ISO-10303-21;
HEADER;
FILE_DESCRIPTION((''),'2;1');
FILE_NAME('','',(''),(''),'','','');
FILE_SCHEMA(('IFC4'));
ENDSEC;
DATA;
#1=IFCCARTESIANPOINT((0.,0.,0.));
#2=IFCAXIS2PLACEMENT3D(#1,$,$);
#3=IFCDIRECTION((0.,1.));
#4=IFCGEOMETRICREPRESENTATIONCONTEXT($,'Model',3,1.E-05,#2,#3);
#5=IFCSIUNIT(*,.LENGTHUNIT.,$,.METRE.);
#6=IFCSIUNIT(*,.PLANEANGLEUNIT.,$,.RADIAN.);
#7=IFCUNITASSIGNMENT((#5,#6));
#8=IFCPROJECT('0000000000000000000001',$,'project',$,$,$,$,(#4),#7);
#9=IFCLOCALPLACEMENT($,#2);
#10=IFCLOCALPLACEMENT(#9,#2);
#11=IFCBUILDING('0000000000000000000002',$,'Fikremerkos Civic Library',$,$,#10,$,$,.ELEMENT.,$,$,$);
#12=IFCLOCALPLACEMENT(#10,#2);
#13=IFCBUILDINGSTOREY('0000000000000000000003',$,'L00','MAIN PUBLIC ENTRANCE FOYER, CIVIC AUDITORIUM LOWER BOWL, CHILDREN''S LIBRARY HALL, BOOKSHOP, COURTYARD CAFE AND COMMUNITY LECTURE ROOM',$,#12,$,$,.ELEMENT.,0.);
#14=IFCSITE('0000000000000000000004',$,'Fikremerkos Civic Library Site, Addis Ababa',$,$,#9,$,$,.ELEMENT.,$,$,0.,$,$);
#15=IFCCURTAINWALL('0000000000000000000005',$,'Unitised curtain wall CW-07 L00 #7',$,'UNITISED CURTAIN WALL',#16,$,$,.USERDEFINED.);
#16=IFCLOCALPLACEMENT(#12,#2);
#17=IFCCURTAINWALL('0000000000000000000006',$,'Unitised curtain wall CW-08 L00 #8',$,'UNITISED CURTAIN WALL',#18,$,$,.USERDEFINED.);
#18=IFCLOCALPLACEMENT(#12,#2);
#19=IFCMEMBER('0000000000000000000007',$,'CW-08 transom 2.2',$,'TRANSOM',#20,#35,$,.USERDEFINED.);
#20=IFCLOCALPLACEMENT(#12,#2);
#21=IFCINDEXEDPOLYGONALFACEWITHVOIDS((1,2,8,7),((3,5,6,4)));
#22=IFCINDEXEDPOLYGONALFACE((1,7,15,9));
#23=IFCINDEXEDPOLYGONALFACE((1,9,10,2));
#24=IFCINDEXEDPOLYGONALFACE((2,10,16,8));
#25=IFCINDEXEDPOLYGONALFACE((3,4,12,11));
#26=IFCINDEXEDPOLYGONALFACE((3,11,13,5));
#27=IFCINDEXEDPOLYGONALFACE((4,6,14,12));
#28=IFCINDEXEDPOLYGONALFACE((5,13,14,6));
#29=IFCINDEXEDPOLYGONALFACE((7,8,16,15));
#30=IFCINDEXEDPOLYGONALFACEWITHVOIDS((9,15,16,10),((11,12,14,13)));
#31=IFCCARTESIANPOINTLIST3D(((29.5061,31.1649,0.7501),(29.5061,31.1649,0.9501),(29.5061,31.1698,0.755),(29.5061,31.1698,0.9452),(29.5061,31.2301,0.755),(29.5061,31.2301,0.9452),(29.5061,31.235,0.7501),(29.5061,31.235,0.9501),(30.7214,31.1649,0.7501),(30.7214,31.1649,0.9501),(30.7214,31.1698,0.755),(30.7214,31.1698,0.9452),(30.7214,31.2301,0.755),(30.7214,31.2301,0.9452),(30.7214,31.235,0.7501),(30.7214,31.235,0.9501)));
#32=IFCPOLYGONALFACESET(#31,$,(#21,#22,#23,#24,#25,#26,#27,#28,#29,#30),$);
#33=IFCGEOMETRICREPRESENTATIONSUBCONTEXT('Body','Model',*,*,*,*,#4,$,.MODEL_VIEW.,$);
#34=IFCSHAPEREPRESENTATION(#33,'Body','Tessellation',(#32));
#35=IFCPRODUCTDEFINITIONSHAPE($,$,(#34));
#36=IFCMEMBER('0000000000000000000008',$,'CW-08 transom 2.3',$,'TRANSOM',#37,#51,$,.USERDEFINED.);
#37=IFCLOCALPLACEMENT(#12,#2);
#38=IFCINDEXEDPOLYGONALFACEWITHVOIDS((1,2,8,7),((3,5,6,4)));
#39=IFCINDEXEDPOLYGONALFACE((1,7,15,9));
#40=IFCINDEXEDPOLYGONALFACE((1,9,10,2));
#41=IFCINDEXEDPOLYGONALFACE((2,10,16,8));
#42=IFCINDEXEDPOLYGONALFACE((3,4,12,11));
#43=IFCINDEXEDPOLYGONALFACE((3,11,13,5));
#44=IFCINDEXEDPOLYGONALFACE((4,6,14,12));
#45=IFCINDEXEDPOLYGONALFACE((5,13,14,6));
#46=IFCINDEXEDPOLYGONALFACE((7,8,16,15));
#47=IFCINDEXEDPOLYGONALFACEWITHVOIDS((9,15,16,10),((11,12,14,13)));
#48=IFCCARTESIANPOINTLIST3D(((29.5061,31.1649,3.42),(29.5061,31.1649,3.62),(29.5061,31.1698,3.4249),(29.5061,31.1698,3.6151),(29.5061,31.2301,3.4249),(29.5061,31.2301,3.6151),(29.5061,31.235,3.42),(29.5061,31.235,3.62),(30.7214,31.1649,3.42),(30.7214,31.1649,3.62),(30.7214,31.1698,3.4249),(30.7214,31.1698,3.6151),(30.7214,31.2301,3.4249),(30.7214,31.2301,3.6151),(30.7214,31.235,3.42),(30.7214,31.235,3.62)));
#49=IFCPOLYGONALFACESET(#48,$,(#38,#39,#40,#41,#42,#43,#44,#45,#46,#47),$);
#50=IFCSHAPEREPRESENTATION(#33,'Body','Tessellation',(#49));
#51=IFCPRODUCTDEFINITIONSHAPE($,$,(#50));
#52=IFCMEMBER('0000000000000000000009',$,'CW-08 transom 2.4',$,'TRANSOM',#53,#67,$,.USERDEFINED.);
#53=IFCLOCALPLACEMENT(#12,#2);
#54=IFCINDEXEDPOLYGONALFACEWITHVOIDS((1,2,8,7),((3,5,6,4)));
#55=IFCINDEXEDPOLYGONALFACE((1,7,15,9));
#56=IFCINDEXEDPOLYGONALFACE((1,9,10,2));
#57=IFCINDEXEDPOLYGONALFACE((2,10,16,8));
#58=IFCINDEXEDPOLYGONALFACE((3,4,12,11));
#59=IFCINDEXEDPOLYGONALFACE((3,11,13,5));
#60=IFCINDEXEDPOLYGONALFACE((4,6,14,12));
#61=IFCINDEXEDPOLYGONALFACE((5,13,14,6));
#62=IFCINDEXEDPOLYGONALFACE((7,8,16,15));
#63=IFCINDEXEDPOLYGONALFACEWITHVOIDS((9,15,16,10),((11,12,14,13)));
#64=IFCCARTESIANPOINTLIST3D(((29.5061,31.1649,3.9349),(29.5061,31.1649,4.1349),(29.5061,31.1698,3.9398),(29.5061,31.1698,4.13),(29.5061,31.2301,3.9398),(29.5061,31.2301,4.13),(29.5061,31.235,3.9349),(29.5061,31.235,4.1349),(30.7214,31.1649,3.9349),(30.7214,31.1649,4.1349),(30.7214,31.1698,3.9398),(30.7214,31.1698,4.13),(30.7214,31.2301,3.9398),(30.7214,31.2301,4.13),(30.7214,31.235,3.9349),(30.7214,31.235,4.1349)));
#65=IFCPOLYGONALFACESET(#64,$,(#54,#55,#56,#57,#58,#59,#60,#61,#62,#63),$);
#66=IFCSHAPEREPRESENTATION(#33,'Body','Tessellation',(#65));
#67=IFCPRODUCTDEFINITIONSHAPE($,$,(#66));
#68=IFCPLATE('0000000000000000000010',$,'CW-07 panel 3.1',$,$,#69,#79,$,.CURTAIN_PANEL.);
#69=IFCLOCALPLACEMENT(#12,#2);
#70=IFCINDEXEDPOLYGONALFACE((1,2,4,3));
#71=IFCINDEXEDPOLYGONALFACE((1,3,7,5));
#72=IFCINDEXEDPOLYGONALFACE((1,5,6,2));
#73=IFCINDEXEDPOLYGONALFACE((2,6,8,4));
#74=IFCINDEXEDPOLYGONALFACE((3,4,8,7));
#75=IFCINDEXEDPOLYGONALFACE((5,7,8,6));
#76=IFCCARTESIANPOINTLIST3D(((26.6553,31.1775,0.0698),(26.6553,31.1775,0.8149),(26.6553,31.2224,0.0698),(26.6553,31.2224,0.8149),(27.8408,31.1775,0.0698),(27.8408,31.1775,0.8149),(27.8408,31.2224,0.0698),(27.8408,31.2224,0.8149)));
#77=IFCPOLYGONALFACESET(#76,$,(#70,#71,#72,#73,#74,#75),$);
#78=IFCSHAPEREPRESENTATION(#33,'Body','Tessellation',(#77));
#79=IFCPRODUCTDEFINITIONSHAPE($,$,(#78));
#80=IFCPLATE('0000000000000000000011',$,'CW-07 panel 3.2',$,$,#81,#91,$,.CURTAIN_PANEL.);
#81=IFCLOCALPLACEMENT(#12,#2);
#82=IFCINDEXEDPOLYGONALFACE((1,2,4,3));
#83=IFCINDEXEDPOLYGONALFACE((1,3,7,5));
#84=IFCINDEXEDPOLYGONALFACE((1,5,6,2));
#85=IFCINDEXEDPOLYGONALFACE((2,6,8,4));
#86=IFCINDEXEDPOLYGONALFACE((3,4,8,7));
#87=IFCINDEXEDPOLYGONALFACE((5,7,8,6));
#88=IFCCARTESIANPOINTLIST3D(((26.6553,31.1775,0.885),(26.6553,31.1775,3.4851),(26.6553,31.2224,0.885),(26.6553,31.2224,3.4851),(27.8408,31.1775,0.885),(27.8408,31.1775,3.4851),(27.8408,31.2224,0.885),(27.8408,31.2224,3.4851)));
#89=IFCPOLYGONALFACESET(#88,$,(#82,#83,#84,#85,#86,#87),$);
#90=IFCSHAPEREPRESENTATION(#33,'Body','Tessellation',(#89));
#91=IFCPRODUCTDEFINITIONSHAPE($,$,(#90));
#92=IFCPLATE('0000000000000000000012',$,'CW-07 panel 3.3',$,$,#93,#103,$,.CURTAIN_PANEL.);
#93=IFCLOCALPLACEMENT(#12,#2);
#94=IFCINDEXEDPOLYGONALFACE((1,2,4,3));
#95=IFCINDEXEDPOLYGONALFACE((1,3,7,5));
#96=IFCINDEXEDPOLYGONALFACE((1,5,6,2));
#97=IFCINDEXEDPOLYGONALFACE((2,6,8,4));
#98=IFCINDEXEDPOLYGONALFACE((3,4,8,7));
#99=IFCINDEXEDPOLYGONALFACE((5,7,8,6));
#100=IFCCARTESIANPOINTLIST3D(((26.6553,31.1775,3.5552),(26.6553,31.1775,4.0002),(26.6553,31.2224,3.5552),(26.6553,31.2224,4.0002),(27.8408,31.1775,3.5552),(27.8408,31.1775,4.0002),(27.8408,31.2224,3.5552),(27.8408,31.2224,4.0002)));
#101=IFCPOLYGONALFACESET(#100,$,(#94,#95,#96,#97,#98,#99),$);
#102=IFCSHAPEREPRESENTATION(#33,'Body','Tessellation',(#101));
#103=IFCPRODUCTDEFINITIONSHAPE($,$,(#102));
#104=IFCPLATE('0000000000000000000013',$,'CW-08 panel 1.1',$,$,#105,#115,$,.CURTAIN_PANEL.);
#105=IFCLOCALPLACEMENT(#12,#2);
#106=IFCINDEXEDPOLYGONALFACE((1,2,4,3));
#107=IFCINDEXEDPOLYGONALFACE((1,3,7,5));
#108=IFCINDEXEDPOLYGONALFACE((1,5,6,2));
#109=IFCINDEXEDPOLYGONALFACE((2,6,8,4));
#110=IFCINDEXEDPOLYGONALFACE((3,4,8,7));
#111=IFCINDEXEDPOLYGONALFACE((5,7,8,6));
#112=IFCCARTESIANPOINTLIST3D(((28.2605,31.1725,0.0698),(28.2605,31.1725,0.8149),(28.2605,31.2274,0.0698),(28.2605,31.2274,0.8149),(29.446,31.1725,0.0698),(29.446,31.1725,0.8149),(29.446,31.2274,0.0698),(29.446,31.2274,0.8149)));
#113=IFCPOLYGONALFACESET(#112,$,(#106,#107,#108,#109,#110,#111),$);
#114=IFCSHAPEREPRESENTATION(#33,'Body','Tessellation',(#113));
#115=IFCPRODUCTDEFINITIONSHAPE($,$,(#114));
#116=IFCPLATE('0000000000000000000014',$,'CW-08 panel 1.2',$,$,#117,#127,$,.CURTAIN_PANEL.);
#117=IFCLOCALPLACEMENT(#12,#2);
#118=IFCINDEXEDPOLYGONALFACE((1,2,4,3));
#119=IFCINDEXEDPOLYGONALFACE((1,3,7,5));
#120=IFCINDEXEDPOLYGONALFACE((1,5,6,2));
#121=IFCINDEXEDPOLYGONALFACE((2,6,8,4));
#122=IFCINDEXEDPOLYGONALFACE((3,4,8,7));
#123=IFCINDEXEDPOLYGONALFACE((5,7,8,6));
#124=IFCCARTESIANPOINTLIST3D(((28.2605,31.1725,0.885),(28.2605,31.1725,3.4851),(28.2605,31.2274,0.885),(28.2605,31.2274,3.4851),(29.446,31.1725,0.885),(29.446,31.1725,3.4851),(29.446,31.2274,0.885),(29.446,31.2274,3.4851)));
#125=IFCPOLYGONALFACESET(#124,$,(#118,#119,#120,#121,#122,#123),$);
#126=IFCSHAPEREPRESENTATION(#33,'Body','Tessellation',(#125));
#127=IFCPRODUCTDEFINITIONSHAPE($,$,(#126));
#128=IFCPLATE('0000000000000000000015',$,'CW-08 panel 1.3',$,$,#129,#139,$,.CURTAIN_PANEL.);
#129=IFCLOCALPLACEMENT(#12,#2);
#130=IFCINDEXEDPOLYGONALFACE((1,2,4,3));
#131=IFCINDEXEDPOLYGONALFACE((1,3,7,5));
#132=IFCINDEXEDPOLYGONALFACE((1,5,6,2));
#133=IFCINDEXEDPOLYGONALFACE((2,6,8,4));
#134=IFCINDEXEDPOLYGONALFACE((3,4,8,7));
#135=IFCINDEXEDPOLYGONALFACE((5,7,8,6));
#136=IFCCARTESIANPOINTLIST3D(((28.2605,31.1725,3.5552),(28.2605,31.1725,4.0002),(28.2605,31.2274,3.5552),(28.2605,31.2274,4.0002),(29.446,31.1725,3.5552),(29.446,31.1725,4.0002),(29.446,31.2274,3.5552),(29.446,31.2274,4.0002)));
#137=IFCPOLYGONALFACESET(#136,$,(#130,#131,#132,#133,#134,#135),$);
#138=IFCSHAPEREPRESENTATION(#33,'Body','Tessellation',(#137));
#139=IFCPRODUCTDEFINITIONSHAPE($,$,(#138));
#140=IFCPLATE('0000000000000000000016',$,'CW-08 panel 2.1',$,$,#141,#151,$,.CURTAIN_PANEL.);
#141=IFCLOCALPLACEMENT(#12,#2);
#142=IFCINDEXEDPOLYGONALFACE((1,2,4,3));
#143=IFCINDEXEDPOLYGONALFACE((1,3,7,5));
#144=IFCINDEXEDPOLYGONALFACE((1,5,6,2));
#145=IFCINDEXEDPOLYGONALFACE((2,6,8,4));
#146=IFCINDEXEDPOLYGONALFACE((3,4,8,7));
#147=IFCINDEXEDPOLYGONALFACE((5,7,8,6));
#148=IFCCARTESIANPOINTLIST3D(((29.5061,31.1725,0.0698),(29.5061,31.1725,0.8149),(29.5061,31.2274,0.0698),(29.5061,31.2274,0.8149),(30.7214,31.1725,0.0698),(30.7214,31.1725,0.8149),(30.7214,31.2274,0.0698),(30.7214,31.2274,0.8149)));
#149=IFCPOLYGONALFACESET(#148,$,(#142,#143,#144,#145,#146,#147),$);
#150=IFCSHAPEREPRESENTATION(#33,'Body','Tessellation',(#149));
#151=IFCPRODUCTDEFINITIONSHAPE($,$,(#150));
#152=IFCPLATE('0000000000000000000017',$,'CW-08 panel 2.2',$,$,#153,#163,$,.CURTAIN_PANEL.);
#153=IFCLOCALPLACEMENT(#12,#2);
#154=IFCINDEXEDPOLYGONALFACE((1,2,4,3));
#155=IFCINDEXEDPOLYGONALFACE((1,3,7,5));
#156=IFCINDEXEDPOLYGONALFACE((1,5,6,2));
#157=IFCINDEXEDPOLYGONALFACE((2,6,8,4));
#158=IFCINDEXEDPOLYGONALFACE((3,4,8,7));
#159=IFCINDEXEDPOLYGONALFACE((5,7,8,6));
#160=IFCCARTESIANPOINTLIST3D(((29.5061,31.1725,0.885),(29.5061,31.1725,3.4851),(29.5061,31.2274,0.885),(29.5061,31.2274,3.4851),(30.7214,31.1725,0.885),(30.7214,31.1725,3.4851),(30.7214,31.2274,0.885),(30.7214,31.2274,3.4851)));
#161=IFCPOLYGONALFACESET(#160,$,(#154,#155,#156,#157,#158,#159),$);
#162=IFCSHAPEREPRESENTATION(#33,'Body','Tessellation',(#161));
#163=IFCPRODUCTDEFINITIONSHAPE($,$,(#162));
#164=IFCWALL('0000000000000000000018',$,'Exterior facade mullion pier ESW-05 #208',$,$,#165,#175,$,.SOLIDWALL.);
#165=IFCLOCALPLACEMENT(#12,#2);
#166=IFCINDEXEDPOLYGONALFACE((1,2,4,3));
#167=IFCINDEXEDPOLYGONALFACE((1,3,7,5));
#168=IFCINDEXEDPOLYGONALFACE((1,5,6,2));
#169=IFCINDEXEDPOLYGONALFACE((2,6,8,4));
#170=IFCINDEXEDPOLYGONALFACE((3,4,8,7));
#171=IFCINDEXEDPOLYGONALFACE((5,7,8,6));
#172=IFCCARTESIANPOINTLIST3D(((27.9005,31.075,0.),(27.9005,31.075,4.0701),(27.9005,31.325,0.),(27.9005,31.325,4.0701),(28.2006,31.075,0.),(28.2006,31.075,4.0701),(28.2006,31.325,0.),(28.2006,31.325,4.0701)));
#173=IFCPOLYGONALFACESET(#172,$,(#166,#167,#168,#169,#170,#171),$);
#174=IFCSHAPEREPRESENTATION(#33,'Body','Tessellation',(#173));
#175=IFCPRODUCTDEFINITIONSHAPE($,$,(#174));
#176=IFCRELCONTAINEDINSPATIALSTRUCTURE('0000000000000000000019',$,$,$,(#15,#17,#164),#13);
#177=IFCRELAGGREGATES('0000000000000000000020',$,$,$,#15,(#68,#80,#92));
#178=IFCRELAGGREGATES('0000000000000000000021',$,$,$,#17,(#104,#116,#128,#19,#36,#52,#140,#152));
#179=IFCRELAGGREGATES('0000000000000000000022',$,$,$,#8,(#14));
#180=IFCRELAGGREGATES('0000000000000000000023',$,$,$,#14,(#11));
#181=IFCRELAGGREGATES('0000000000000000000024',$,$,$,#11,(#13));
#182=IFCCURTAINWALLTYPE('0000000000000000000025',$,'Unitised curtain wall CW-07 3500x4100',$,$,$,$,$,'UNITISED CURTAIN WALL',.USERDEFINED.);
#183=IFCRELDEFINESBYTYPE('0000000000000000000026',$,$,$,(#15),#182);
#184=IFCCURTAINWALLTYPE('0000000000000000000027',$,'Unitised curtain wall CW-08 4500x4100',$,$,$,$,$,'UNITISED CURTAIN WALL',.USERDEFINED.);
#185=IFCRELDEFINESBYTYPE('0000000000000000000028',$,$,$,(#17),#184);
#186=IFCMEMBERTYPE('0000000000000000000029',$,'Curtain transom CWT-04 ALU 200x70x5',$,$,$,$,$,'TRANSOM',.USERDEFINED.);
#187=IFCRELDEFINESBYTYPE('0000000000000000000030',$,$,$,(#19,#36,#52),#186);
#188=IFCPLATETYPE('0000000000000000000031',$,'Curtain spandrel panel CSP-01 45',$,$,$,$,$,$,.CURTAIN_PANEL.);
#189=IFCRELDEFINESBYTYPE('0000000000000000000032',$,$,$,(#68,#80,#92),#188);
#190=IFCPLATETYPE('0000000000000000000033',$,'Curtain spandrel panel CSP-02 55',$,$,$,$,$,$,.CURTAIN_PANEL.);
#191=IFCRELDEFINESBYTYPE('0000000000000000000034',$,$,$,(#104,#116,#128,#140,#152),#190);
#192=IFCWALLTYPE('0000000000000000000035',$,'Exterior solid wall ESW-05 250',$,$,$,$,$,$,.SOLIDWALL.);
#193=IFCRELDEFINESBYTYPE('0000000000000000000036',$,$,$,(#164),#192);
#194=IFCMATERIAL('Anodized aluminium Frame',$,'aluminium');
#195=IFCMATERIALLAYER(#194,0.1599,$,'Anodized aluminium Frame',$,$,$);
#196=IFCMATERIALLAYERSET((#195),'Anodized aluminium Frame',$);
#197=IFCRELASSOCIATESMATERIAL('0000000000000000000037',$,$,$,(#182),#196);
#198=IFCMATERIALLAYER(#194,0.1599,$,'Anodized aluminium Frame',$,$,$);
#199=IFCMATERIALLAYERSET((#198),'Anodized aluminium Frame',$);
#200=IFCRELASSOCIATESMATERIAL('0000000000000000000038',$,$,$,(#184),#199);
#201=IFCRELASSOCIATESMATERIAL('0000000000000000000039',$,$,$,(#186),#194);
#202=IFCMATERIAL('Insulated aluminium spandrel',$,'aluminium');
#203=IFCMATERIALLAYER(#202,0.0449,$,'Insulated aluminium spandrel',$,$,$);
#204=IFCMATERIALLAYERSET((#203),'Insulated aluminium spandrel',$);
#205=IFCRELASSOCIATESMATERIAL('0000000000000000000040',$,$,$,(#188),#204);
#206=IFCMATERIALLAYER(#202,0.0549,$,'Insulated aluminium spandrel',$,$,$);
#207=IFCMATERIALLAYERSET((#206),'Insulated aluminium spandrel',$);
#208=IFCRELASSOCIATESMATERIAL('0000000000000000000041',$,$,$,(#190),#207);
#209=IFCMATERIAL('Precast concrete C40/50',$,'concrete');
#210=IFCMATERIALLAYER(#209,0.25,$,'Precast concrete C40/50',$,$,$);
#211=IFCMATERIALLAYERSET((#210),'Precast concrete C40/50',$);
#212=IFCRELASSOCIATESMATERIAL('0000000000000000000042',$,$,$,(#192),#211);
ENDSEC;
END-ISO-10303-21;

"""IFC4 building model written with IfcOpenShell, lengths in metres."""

from ifc_helpers import new_model, si_unit, direction, frame, frame_2d, origin, origin_2d, place, context, subcontext, project, spatial, rectangle, hollow_rectangle, extrude, material, layer, layer_set, material_profile, profile_set, type_object, element, aggregate, save


model = new_model("IFC4")

# Units and contexts
model_context = context("Model", 3, precision=1e-05, world=origin(), true_north=direction((0.0, 1.0)))
body_context = subcontext(model_context, "Body", "Model", "MODEL_VIEW")
ifc_project = project(units=[si_unit("LENGTHUNIT", "METRE"), si_unit("PLANEANGLEUNIT", "RADIAN")], contexts=[model_context])

# Site, building, storey
site_placement = place(None, origin())
site = spatial("IfcSite", under=ifc_project, at=site_placement, Name="Fikremerkos Civic Library Site, Addis Ababa", CompositionType="ELEMENT", RefElevation=0.0)
building_placement = place(site_placement, origin())
building = spatial("IfcBuilding", under=site, at=building_placement, Name="Fikremerkos Civic Library", CompositionType="ELEMENT")
storey_placement = place(building_placement, origin())
storey = spatial("IfcBuildingStorey", under=building, at=storey_placement, Name="L00", Description="MAIN PUBLIC ENTRANCE FOYER, CIVIC AUDITORIUM LOWER BOWL, CHILDREN'S LIBRARY HALL, BOOKSHOP, COURTYARD CAFE AND COMMUNITY LECTURE ROOM", CompositionType="ELEMENT", Elevation=0.0)

# Curtain wall
ifc_material_1 = material(Name="Anodized aluminium Frame", Category="aluminium")
ifc_layer_1 = layer(ifc_material_1, 0.1599, Name="Anodized aluminium Frame")
ifc_layer_set_1 = layer_set([ifc_layer_1], Name="Anodized aluminium Frame")
curtain_wall_type_1 = type_object("IfcCurtainWallType", Name="Unitised curtain wall CW-07 3500x4100", ElementType="UNITISED CURTAIN WALL", PredefinedType="USERDEFINED", material=ifc_layer_set_1)
curtain_wall_1_placement = place(storey_placement, origin())
curtain_wall_1 = element("IfcCurtainWall", 1, at=curtain_wall_1_placement, inside=storey, type_object=curtain_wall_type_1, Name="Unitised curtain wall CW-07 L00 #7", ObjectType="UNITISED CURTAIN WALL", PredefinedType="USERDEFINED")

# Curtain wall
ifc_layer_2 = layer(ifc_material_1, 0.1599, Name="Anodized aluminium Frame")
ifc_layer_set_2 = layer_set([ifc_layer_2], Name="Anodized aluminium Frame")
curtain_wall_type_2 = type_object("IfcCurtainWallType", Name="Unitised curtain wall CW-08 4500x4100", ElementType="UNITISED CURTAIN WALL", PredefinedType="USERDEFINED", material=ifc_layer_set_2)
curtain_wall_2_placement = place(storey_placement, origin())
curtain_wall_2 = element("IfcCurtainWall", 2, at=curtain_wall_2_placement, inside=storey, type_object=curtain_wall_type_2, Name="Unitised curtain wall CW-08 L00 #8", ObjectType="UNITISED CURTAIN WALL", PredefinedType="USERDEFINED")

# Members
ifc_material_profile_1 = material_profile(ifc_material_1, hollow_rectangle(XDim=0.0701, YDim=0.2, WallThickness=0.0049, at=origin_2d()), Name="ALU 200x70x5")
ifc_profile_set_1 = profile_set([ifc_material_profile_1], Name="Anodized aluminium Frame")
member_type_1 = type_object("IfcMemberType", Name="Curtain transom CWT-04 ALU 200x70x5", ElementType="TRANSOM", PredefinedType="USERDEFINED", material=ifc_profile_set_1)
member_1_placement = place(storey_placement, frame((29.5061, 31.2, 0.8501), z_axis=(1.0, 0.0, 0.0), x_axis=(0.0, 1.0, 0.0)))
member_1 = element("IfcMember", 3, at=member_1_placement, type_object=member_type_1, Name="CW-08 transom 2.2", ObjectType="TRANSOM", PredefinedType="USERDEFINED", context=body_context, shape_type="SweptSolid", body=[
    extrude(hollow_rectangle(XDim=0.0701, YDim=0.2, WallThickness=0.0049, at=origin_2d()), origin(), (0.0, 0.0, 1.0), 1.2153),
])
member_2_placement = place(storey_placement, frame((29.5061, 31.2, 3.52), z_axis=(1.0, 0.0, 0.0), x_axis=(0.0, 1.0, 0.0)))
member_2 = element("IfcMember", 4, at=member_2_placement, type_object=member_type_1, Name="CW-08 transom 2.3", ObjectType="TRANSOM", PredefinedType="USERDEFINED", context=body_context, shape_type="SweptSolid", body=[
    extrude(hollow_rectangle(XDim=0.0701, YDim=0.2, WallThickness=0.0049, at=origin_2d()), origin(), (0.0, 0.0, 1.0), 1.2153),
])
member_3_placement = place(storey_placement, frame((29.5061, 31.2, 4.0349), z_axis=(1.0, 0.0, 0.0), x_axis=(0.0, 1.0, 0.0)))
member_3 = element("IfcMember", 5, at=member_3_placement, type_object=member_type_1, Name="CW-08 transom 2.4", ObjectType="TRANSOM", PredefinedType="USERDEFINED", context=body_context, shape_type="SweptSolid", body=[
    extrude(hollow_rectangle(XDim=0.0701, YDim=0.2, WallThickness=0.0049, at=origin_2d()), origin(), (0.0, 0.0, 1.0), 1.2153),
])

# Plates
ifc_material_2 = material(Name="Insulated aluminium spandrel", Category="aluminium")
ifc_layer_3 = layer(ifc_material_2, 0.0449, Name="Insulated aluminium spandrel")
ifc_layer_set_3 = layer_set([ifc_layer_3], Name="Insulated aluminium spandrel")
plate_type_1 = type_object("IfcPlateType", Name="Curtain spandrel panel CSP-01 45", PredefinedType="CURTAIN_PANEL", material=ifc_layer_set_3)
plate_1_placement = place(storey_placement, frame((27.248, 31.2, 0.0698), z_axis=(0.0, 0.0, 1.0), x_axis=(1.0, 0.0, 0.0)))
plate_1 = element("IfcPlate", 6, at=plate_1_placement, type_object=plate_type_1, Name="CW-07 panel 3.1", PredefinedType="CURTAIN_PANEL", context=body_context, shape_type="SweptSolid", body=[
    extrude(rectangle(XDim=1.1855, YDim=0.0449, at=origin_2d()), origin(), (0.0, 0.0, 1.0), 0.7451),
])
plate_2_placement = place(storey_placement, frame((27.248, 31.2, 0.885), z_axis=(0.0, 0.0, 1.0), x_axis=(1.0, 0.0, 0.0)))
plate_2 = element("IfcPlate", 7, at=plate_2_placement, type_object=plate_type_1, Name="CW-07 panel 3.2", PredefinedType="CURTAIN_PANEL", context=body_context, shape_type="SweptSolid", body=[
    extrude(rectangle(XDim=1.1855, YDim=0.0449, at=origin_2d()), origin(), (0.0, 0.0, 1.0), 2.6001),
])
plate_3_placement = place(storey_placement, frame((27.248, 31.2, 3.5552), z_axis=(0.0, 0.0, 1.0), x_axis=(1.0, 0.0, 0.0)))
plate_3 = element("IfcPlate", 8, at=plate_3_placement, type_object=plate_type_1, Name="CW-07 panel 3.3", PredefinedType="CURTAIN_PANEL", context=body_context, shape_type="SweptSolid", body=[
    extrude(rectangle(XDim=1.1855, YDim=0.0449, at=origin_2d()), origin(), (0.0, 0.0, 1.0), 0.4451),
])
aggregate(curtain_wall_1, [plate_1, plate_2, plate_3])
ifc_layer_4 = layer(ifc_material_2, 0.0549, Name="Insulated aluminium spandrel")
ifc_layer_set_4 = layer_set([ifc_layer_4], Name="Insulated aluminium spandrel")
plate_type_2 = type_object("IfcPlateType", Name="Curtain spandrel panel CSP-02 55", PredefinedType="CURTAIN_PANEL", material=ifc_layer_set_4)
plate_4_placement = place(storey_placement, frame((28.8533, 31.2, 0.0698), z_axis=(0.0, 0.0, 1.0), x_axis=(1.0, 0.0, 0.0)))
plate_4 = element("IfcPlate", 9, at=plate_4_placement, type_object=plate_type_2, Name="CW-08 panel 1.1", PredefinedType="CURTAIN_PANEL", context=body_context, shape_type="SweptSolid", body=[
    extrude(rectangle(XDim=1.1855, YDim=0.0549, at=origin_2d()), origin(), (0.0, 0.0, 1.0), 0.7451),
])
plate_5_placement = place(storey_placement, frame((28.8533, 31.2, 0.885), z_axis=(0.0, 0.0, 1.0), x_axis=(1.0, 0.0, 0.0)))
plate_5 = element("IfcPlate", 10, at=plate_5_placement, type_object=plate_type_2, Name="CW-08 panel 1.2", PredefinedType="CURTAIN_PANEL", context=body_context, shape_type="SweptSolid", body=[
    extrude(rectangle(XDim=1.1855, YDim=0.0549, at=origin_2d()), origin(), (0.0, 0.0, 1.0), 2.6001),
])
plate_6_placement = place(storey_placement, frame((28.8533, 31.2, 3.5552), z_axis=(0.0, 0.0, 1.0), x_axis=(1.0, 0.0, 0.0)))
plate_6 = element("IfcPlate", 11, at=plate_6_placement, type_object=plate_type_2, Name="CW-08 panel 1.3", PredefinedType="CURTAIN_PANEL", context=body_context, shape_type="SweptSolid", body=[
    extrude(rectangle(XDim=1.1855, YDim=0.0549, at=origin_2d()), origin(), (0.0, 0.0, 1.0), 0.4451),
])
plate_7_placement = place(storey_placement, frame((30.1138, 31.2, 0.0698), z_axis=(0.0, 0.0, 1.0), x_axis=(1.0, 0.0, 0.0)))
plate_7 = element("IfcPlate", 12, at=plate_7_placement, type_object=plate_type_2, Name="CW-08 panel 2.1", PredefinedType="CURTAIN_PANEL", context=body_context, shape_type="SweptSolid", body=[
    extrude(rectangle(XDim=1.2153, YDim=0.0549, at=origin_2d()), origin(), (0.0, 0.0, 1.0), 0.7451),
])
plate_8_placement = place(storey_placement, frame((30.1138, 31.2, 0.885), z_axis=(0.0, 0.0, 1.0), x_axis=(1.0, 0.0, 0.0)))
plate_8 = element("IfcPlate", 13, at=plate_8_placement, type_object=plate_type_2, Name="CW-08 panel 2.2", PredefinedType="CURTAIN_PANEL", context=body_context, shape_type="SweptSolid", body=[
    extrude(rectangle(XDim=1.2153, YDim=0.0549, at=origin_2d()), origin(), (0.0, 0.0, 1.0), 2.6001),
])
aggregate(curtain_wall_2, [plate_4, plate_5, plate_6, member_1, member_2, member_3, plate_7, plate_8])

# Wall
ifc_material_3 = material(Name="Precast concrete C40/50", Category="concrete")
ifc_layer_5 = layer(ifc_material_3, 0.25, Name="Precast concrete C40/50")
ifc_layer_set_5 = layer_set([ifc_layer_5], Name="Precast concrete C40/50")
wall_type = type_object("IfcWallType", Name="Exterior solid wall ESW-05 250", PredefinedType="SOLIDWALL", material=ifc_layer_set_5)
wall_placement = place(storey_placement, frame((27.9006, 31.2, 0.0), z_axis=(0.0, 0.0, 1.0), x_axis=(1.0, 0.0, 0.0)))
element("IfcWall", 14, at=wall_placement, inside=storey, type_object=wall_type, Name="Exterior facade mullion pier ESW-05 #208", PredefinedType="SOLIDWALL", context=body_context, shape_type="SweptSolid", body=[
    extrude(rectangle(XDim=0.3, YDim=0.25, at=frame_2d((0.1499, 0.0))), origin(), (0.0, 0.0, 1.0), 4.0701),
])

save(model, "model.ifc")
